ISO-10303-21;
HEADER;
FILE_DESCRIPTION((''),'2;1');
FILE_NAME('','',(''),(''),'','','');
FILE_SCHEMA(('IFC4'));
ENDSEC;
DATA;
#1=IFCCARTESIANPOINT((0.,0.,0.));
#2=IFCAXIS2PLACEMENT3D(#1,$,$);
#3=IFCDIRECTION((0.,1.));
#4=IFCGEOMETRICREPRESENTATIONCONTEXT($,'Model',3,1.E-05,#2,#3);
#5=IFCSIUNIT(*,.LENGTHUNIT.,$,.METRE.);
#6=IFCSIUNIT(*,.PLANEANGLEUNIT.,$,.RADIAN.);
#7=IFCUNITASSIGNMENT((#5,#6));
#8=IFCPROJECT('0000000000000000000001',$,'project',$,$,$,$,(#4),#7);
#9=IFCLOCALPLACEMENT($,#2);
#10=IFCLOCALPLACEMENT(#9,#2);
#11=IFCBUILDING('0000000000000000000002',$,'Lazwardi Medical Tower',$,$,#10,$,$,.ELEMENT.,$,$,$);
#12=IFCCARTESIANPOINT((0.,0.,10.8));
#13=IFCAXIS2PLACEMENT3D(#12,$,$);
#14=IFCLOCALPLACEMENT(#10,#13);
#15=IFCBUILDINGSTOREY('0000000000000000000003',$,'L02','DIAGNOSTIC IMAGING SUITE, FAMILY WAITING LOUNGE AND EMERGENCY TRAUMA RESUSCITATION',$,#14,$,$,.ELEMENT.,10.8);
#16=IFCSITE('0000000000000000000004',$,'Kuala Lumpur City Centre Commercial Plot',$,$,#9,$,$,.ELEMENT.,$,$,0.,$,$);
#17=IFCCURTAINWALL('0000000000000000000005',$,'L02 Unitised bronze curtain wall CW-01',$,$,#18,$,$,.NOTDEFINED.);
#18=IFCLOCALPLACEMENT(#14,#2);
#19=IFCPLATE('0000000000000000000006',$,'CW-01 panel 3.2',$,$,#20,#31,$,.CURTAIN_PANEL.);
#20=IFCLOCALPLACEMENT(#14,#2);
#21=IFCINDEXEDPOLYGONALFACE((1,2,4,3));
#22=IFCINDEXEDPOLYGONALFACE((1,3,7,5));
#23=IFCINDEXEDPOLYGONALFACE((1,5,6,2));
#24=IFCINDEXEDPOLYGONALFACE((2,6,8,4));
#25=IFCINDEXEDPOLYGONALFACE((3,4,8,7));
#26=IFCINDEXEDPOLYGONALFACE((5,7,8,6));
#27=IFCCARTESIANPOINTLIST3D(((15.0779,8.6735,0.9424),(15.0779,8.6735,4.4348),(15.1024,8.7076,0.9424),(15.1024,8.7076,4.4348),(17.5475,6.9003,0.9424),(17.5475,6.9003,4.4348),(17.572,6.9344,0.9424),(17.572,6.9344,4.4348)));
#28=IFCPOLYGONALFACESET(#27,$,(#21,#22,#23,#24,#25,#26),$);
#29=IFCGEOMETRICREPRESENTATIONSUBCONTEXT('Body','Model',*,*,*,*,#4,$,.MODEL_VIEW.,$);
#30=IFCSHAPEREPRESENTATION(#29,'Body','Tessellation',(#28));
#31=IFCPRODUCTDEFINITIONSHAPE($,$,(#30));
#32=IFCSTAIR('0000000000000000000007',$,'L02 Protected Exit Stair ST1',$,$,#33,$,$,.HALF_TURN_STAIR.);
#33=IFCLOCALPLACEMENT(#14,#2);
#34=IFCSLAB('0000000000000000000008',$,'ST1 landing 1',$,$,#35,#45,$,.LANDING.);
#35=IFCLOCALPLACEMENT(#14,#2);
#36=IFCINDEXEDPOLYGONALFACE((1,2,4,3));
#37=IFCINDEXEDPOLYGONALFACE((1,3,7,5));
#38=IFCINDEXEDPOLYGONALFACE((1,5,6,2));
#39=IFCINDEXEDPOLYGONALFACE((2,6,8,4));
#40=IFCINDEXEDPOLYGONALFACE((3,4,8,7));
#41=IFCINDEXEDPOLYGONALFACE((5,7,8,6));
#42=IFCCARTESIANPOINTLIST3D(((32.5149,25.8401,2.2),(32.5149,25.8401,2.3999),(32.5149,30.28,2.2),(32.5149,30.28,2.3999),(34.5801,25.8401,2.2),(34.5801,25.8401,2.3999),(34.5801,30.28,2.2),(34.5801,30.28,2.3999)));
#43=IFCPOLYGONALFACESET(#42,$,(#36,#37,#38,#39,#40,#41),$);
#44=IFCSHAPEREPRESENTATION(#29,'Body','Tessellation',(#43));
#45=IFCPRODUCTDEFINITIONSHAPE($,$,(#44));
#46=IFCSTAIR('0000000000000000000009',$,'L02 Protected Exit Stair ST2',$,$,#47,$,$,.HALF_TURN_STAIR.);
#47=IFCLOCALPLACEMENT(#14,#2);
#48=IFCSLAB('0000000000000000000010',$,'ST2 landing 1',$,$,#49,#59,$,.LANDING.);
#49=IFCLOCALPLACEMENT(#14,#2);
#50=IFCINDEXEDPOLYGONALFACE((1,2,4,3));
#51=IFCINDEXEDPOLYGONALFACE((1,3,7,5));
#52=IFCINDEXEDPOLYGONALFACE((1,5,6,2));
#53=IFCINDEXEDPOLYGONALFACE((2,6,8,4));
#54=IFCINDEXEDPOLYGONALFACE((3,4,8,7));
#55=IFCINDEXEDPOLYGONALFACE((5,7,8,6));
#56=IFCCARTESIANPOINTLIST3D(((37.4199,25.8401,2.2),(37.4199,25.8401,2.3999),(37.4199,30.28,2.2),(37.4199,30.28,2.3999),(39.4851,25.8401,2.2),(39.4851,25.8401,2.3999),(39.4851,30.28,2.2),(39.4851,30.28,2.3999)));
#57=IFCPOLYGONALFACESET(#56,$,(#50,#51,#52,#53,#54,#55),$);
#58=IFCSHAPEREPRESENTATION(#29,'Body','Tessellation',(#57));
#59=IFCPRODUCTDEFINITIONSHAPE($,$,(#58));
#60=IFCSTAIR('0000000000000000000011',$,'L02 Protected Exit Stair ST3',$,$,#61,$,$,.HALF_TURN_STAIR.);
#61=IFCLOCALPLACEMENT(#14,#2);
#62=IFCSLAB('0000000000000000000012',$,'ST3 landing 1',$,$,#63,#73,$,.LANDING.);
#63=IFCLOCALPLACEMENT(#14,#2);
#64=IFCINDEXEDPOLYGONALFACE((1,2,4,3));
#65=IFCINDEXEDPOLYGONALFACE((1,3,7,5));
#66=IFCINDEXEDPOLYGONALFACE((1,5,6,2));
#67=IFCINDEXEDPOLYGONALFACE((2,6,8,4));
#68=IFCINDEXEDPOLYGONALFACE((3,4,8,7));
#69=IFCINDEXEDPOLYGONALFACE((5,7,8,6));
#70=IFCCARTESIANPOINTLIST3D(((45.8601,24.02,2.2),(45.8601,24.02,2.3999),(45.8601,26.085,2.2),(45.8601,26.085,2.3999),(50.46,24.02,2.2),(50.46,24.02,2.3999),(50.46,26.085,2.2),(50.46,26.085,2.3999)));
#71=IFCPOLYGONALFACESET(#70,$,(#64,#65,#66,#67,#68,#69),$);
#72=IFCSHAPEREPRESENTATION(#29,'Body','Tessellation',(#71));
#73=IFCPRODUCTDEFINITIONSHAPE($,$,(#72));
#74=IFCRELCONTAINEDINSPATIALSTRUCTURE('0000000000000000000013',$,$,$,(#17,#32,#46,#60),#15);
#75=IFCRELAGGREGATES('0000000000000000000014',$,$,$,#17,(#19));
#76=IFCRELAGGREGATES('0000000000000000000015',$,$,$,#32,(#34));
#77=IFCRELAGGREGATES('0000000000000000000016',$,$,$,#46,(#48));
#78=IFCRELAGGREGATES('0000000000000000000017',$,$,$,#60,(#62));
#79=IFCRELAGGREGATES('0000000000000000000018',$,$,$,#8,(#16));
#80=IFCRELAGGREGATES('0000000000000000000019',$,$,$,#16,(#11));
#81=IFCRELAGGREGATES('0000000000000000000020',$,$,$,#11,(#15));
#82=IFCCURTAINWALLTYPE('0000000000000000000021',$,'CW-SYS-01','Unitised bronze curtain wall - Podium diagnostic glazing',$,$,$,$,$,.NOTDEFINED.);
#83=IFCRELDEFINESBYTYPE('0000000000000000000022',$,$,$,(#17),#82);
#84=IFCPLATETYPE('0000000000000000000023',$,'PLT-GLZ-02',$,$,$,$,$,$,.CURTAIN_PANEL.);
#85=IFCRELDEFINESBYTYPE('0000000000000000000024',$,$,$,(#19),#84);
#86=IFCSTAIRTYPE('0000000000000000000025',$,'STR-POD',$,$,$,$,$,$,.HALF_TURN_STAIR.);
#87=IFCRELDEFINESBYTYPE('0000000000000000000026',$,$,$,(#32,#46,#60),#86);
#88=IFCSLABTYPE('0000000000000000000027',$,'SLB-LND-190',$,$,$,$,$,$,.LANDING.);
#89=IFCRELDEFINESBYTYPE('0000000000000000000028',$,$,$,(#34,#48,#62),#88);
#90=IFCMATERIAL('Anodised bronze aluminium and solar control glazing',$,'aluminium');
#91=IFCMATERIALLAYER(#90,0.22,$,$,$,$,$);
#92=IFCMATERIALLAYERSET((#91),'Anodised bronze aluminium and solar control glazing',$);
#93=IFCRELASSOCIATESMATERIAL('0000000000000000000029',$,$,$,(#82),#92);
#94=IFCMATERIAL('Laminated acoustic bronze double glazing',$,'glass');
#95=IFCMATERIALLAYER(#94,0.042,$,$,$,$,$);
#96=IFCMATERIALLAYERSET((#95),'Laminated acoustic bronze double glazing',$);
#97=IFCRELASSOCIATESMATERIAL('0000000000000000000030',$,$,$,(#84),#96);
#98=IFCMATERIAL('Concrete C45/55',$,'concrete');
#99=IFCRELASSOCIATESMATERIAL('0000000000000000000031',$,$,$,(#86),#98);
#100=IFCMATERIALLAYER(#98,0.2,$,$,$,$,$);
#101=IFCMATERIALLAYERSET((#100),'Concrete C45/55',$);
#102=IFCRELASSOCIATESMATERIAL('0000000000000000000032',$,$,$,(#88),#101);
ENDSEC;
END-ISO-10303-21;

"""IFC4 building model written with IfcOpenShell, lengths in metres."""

from ifc_helpers import new_model, si_unit, direction, frame, origin, origin_2d, place, context, subcontext, project, spatial, polyline, rectangle, outline, extrude, material, layer, layer_set, type_object, element, aggregate, save


model = new_model("IFC4")

# Units and contexts
model_context = context("Model", 3, precision=1e-05, world=origin(), true_north=direction((0.0, 1.0)))
body_context = subcontext(model_context, "Body", "Model", "MODEL_VIEW")
ifc_project = project(units=[si_unit("LENGTHUNIT", "METRE"), si_unit("PLANEANGLEUNIT", "RADIAN")], contexts=[model_context])

# Site, building, storey
site_placement = place(None, origin())
site = spatial("IfcSite", under=ifc_project, at=site_placement, Name="Kuala Lumpur City Centre Commercial Plot", CompositionType="ELEMENT", RefElevation=0.0)
building_placement = place(site_placement, origin())
building = spatial("IfcBuilding", under=site, at=building_placement, Name="Lazwardi Medical Tower", CompositionType="ELEMENT")
storey_placement = place(building_placement, frame((0.0, 0.0, 10.8)))
storey = spatial("IfcBuildingStorey", under=building, at=storey_placement, Name="L02", Description="DIAGNOSTIC IMAGING SUITE, FAMILY WAITING LOUNGE AND EMERGENCY TRAUMA RESUSCITATION", CompositionType="ELEMENT", Elevation=10.8)

# Shared definitions
ifc_material_1 = material(Name="Anodised bronze aluminium and solar control glazing", Category="aluminium")
ifc_layer_1 = layer(ifc_material_1, 0.22)
ifc_layer_set_1 = layer_set([ifc_layer_1], Name="Anodised bronze aluminium and solar control glazing")
curtain_wall_type = type_object("IfcCurtainWallType", Name="CW-SYS-01", Description="Unitised bronze curtain wall - Podium diagnostic glazing", PredefinedType="NOTDEFINED", material=ifc_layer_set_1)

# Curtain wall
curtain_wall_1_placement = place(storey_placement, origin())
curtain_wall_1 = element("IfcCurtainWall", 1, at=curtain_wall_1_placement, inside=storey, type_object=curtain_wall_type, Name="L02 Unitised bronze curtain wall CW-01", PredefinedType="NOTDEFINED")

# Plate
ifc_material_2 = material(Name="Laminated acoustic bronze double glazing", Category="glass")
ifc_layer_2 = layer(ifc_material_2, 0.042)
ifc_layer_set_2 = layer_set([ifc_layer_2], Name="Laminated acoustic bronze double glazing")
plate_type_1 = type_object("IfcPlateType", Name="PLT-GLZ-02", PredefinedType="CURTAIN_PANEL", material=ifc_layer_set_2)
plate_1_placement = place(storey_placement, frame((16.325, 7.804, 0.9424), z_axis=(0.0, 0.0, 1.0), x_axis=(0.812318, -0.583214, 0.0)))
plate_1 = element("IfcPlate", 2, at=plate_1_placement, type_object=plate_type_1, Name="CW-01 panel 3.2", PredefinedType="CURTAIN_PANEL", context=body_context, shape_type="SweptSolid", body=[
    extrude(rectangle(XDim=3.0403, YDim=0.042, at=origin_2d()), origin(), (0.0, 0.0, 1.0), 3.4924),
])
aggregate(curtain_wall_1, [plate_1])

# Stairs, slabs
ifc_material_3 = material(Name="Concrete C45/55", Category="concrete")
stair_type = type_object("IfcStairType", Name="STR-POD", PredefinedType="HALF_TURN_STAIR", material=ifc_material_3)
stair_1_placement = place(storey_placement, origin())
stair_1 = element("IfcStair", 3, at=stair_1_placement, inside=storey, type_object=stair_type, Name="L02 Protected Exit Stair ST1", PredefinedType="HALF_TURN_STAIR")
ifc_layer_3 = layer(ifc_material_3, 0.2)
ifc_layer_set_3 = layer_set([ifc_layer_3], Name="Concrete C45/55")
slab_type_1 = type_object("IfcSlabType", Name="SLB-LND-190", PredefinedType="LANDING", material=ifc_layer_set_3)
slab_1_placement = place(storey_placement, frame((0.0, 0.0, 2.2)))
slab_1 = element("IfcSlab", 4, at=slab_1_placement, type_object=slab_type_1, Name="ST1 landing 1", PredefinedType="LANDING", context=body_context, shape_type="SweptSolid", body=[
    extrude(outline(polyline([(32.5149, 25.8401), (34.5801, 25.8401), (34.5801, 30.28), (32.5149, 30.28), (32.5149, 25.8401)])), origin(), (0.0, 0.0, 1.0), 0.2),
])
aggregate(stair_1, [slab_1])
stair_2_placement = place(storey_placement, origin())
stair_2 = element("IfcStair", 5, at=stair_2_placement, inside=storey, type_object=stair_type, Name="L02 Protected Exit Stair ST2", PredefinedType="HALF_TURN_STAIR")
slab_2_placement = place(storey_placement, frame((0.0, 0.0, 2.2)))
slab_2 = element("IfcSlab", 6, at=slab_2_placement, type_object=slab_type_1, Name="ST2 landing 1", PredefinedType="LANDING", context=body_context, shape_type="SweptSolid", body=[
    extrude(outline(polyline([(39.4851, 30.28), (37.4199, 30.28), (37.4199, 25.8401), (39.4851, 25.8401), (39.4851, 30.28)])), origin(), (0.0, 0.0, 1.0), 0.2),
])
aggregate(stair_2, [slab_2])
stair_3_placement = place(storey_placement, origin())
stair_3 = element("IfcStair", 7, at=stair_3_placement, inside=storey, type_object=stair_type, Name="L02 Protected Exit Stair ST3", PredefinedType="HALF_TURN_STAIR")
slab_3_placement = place(storey_placement, frame((0.0, 0.0, 2.2)))
slab_3 = element("IfcSlab", 8, at=slab_3_placement, type_object=slab_type_1, Name="ST3 landing 1", PredefinedType="LANDING", context=body_context, shape_type="SweptSolid", body=[
    extrude(outline(polyline([(45.8601, 26.085), (45.8601, 24.02), (50.46, 24.02), (50.46, 26.085), (45.8601, 26.085)])), origin(), (0.0, 0.0, 1.0), 0.2),
])
aggregate(stair_3, [slab_3])

save(model, "model.ifc")
